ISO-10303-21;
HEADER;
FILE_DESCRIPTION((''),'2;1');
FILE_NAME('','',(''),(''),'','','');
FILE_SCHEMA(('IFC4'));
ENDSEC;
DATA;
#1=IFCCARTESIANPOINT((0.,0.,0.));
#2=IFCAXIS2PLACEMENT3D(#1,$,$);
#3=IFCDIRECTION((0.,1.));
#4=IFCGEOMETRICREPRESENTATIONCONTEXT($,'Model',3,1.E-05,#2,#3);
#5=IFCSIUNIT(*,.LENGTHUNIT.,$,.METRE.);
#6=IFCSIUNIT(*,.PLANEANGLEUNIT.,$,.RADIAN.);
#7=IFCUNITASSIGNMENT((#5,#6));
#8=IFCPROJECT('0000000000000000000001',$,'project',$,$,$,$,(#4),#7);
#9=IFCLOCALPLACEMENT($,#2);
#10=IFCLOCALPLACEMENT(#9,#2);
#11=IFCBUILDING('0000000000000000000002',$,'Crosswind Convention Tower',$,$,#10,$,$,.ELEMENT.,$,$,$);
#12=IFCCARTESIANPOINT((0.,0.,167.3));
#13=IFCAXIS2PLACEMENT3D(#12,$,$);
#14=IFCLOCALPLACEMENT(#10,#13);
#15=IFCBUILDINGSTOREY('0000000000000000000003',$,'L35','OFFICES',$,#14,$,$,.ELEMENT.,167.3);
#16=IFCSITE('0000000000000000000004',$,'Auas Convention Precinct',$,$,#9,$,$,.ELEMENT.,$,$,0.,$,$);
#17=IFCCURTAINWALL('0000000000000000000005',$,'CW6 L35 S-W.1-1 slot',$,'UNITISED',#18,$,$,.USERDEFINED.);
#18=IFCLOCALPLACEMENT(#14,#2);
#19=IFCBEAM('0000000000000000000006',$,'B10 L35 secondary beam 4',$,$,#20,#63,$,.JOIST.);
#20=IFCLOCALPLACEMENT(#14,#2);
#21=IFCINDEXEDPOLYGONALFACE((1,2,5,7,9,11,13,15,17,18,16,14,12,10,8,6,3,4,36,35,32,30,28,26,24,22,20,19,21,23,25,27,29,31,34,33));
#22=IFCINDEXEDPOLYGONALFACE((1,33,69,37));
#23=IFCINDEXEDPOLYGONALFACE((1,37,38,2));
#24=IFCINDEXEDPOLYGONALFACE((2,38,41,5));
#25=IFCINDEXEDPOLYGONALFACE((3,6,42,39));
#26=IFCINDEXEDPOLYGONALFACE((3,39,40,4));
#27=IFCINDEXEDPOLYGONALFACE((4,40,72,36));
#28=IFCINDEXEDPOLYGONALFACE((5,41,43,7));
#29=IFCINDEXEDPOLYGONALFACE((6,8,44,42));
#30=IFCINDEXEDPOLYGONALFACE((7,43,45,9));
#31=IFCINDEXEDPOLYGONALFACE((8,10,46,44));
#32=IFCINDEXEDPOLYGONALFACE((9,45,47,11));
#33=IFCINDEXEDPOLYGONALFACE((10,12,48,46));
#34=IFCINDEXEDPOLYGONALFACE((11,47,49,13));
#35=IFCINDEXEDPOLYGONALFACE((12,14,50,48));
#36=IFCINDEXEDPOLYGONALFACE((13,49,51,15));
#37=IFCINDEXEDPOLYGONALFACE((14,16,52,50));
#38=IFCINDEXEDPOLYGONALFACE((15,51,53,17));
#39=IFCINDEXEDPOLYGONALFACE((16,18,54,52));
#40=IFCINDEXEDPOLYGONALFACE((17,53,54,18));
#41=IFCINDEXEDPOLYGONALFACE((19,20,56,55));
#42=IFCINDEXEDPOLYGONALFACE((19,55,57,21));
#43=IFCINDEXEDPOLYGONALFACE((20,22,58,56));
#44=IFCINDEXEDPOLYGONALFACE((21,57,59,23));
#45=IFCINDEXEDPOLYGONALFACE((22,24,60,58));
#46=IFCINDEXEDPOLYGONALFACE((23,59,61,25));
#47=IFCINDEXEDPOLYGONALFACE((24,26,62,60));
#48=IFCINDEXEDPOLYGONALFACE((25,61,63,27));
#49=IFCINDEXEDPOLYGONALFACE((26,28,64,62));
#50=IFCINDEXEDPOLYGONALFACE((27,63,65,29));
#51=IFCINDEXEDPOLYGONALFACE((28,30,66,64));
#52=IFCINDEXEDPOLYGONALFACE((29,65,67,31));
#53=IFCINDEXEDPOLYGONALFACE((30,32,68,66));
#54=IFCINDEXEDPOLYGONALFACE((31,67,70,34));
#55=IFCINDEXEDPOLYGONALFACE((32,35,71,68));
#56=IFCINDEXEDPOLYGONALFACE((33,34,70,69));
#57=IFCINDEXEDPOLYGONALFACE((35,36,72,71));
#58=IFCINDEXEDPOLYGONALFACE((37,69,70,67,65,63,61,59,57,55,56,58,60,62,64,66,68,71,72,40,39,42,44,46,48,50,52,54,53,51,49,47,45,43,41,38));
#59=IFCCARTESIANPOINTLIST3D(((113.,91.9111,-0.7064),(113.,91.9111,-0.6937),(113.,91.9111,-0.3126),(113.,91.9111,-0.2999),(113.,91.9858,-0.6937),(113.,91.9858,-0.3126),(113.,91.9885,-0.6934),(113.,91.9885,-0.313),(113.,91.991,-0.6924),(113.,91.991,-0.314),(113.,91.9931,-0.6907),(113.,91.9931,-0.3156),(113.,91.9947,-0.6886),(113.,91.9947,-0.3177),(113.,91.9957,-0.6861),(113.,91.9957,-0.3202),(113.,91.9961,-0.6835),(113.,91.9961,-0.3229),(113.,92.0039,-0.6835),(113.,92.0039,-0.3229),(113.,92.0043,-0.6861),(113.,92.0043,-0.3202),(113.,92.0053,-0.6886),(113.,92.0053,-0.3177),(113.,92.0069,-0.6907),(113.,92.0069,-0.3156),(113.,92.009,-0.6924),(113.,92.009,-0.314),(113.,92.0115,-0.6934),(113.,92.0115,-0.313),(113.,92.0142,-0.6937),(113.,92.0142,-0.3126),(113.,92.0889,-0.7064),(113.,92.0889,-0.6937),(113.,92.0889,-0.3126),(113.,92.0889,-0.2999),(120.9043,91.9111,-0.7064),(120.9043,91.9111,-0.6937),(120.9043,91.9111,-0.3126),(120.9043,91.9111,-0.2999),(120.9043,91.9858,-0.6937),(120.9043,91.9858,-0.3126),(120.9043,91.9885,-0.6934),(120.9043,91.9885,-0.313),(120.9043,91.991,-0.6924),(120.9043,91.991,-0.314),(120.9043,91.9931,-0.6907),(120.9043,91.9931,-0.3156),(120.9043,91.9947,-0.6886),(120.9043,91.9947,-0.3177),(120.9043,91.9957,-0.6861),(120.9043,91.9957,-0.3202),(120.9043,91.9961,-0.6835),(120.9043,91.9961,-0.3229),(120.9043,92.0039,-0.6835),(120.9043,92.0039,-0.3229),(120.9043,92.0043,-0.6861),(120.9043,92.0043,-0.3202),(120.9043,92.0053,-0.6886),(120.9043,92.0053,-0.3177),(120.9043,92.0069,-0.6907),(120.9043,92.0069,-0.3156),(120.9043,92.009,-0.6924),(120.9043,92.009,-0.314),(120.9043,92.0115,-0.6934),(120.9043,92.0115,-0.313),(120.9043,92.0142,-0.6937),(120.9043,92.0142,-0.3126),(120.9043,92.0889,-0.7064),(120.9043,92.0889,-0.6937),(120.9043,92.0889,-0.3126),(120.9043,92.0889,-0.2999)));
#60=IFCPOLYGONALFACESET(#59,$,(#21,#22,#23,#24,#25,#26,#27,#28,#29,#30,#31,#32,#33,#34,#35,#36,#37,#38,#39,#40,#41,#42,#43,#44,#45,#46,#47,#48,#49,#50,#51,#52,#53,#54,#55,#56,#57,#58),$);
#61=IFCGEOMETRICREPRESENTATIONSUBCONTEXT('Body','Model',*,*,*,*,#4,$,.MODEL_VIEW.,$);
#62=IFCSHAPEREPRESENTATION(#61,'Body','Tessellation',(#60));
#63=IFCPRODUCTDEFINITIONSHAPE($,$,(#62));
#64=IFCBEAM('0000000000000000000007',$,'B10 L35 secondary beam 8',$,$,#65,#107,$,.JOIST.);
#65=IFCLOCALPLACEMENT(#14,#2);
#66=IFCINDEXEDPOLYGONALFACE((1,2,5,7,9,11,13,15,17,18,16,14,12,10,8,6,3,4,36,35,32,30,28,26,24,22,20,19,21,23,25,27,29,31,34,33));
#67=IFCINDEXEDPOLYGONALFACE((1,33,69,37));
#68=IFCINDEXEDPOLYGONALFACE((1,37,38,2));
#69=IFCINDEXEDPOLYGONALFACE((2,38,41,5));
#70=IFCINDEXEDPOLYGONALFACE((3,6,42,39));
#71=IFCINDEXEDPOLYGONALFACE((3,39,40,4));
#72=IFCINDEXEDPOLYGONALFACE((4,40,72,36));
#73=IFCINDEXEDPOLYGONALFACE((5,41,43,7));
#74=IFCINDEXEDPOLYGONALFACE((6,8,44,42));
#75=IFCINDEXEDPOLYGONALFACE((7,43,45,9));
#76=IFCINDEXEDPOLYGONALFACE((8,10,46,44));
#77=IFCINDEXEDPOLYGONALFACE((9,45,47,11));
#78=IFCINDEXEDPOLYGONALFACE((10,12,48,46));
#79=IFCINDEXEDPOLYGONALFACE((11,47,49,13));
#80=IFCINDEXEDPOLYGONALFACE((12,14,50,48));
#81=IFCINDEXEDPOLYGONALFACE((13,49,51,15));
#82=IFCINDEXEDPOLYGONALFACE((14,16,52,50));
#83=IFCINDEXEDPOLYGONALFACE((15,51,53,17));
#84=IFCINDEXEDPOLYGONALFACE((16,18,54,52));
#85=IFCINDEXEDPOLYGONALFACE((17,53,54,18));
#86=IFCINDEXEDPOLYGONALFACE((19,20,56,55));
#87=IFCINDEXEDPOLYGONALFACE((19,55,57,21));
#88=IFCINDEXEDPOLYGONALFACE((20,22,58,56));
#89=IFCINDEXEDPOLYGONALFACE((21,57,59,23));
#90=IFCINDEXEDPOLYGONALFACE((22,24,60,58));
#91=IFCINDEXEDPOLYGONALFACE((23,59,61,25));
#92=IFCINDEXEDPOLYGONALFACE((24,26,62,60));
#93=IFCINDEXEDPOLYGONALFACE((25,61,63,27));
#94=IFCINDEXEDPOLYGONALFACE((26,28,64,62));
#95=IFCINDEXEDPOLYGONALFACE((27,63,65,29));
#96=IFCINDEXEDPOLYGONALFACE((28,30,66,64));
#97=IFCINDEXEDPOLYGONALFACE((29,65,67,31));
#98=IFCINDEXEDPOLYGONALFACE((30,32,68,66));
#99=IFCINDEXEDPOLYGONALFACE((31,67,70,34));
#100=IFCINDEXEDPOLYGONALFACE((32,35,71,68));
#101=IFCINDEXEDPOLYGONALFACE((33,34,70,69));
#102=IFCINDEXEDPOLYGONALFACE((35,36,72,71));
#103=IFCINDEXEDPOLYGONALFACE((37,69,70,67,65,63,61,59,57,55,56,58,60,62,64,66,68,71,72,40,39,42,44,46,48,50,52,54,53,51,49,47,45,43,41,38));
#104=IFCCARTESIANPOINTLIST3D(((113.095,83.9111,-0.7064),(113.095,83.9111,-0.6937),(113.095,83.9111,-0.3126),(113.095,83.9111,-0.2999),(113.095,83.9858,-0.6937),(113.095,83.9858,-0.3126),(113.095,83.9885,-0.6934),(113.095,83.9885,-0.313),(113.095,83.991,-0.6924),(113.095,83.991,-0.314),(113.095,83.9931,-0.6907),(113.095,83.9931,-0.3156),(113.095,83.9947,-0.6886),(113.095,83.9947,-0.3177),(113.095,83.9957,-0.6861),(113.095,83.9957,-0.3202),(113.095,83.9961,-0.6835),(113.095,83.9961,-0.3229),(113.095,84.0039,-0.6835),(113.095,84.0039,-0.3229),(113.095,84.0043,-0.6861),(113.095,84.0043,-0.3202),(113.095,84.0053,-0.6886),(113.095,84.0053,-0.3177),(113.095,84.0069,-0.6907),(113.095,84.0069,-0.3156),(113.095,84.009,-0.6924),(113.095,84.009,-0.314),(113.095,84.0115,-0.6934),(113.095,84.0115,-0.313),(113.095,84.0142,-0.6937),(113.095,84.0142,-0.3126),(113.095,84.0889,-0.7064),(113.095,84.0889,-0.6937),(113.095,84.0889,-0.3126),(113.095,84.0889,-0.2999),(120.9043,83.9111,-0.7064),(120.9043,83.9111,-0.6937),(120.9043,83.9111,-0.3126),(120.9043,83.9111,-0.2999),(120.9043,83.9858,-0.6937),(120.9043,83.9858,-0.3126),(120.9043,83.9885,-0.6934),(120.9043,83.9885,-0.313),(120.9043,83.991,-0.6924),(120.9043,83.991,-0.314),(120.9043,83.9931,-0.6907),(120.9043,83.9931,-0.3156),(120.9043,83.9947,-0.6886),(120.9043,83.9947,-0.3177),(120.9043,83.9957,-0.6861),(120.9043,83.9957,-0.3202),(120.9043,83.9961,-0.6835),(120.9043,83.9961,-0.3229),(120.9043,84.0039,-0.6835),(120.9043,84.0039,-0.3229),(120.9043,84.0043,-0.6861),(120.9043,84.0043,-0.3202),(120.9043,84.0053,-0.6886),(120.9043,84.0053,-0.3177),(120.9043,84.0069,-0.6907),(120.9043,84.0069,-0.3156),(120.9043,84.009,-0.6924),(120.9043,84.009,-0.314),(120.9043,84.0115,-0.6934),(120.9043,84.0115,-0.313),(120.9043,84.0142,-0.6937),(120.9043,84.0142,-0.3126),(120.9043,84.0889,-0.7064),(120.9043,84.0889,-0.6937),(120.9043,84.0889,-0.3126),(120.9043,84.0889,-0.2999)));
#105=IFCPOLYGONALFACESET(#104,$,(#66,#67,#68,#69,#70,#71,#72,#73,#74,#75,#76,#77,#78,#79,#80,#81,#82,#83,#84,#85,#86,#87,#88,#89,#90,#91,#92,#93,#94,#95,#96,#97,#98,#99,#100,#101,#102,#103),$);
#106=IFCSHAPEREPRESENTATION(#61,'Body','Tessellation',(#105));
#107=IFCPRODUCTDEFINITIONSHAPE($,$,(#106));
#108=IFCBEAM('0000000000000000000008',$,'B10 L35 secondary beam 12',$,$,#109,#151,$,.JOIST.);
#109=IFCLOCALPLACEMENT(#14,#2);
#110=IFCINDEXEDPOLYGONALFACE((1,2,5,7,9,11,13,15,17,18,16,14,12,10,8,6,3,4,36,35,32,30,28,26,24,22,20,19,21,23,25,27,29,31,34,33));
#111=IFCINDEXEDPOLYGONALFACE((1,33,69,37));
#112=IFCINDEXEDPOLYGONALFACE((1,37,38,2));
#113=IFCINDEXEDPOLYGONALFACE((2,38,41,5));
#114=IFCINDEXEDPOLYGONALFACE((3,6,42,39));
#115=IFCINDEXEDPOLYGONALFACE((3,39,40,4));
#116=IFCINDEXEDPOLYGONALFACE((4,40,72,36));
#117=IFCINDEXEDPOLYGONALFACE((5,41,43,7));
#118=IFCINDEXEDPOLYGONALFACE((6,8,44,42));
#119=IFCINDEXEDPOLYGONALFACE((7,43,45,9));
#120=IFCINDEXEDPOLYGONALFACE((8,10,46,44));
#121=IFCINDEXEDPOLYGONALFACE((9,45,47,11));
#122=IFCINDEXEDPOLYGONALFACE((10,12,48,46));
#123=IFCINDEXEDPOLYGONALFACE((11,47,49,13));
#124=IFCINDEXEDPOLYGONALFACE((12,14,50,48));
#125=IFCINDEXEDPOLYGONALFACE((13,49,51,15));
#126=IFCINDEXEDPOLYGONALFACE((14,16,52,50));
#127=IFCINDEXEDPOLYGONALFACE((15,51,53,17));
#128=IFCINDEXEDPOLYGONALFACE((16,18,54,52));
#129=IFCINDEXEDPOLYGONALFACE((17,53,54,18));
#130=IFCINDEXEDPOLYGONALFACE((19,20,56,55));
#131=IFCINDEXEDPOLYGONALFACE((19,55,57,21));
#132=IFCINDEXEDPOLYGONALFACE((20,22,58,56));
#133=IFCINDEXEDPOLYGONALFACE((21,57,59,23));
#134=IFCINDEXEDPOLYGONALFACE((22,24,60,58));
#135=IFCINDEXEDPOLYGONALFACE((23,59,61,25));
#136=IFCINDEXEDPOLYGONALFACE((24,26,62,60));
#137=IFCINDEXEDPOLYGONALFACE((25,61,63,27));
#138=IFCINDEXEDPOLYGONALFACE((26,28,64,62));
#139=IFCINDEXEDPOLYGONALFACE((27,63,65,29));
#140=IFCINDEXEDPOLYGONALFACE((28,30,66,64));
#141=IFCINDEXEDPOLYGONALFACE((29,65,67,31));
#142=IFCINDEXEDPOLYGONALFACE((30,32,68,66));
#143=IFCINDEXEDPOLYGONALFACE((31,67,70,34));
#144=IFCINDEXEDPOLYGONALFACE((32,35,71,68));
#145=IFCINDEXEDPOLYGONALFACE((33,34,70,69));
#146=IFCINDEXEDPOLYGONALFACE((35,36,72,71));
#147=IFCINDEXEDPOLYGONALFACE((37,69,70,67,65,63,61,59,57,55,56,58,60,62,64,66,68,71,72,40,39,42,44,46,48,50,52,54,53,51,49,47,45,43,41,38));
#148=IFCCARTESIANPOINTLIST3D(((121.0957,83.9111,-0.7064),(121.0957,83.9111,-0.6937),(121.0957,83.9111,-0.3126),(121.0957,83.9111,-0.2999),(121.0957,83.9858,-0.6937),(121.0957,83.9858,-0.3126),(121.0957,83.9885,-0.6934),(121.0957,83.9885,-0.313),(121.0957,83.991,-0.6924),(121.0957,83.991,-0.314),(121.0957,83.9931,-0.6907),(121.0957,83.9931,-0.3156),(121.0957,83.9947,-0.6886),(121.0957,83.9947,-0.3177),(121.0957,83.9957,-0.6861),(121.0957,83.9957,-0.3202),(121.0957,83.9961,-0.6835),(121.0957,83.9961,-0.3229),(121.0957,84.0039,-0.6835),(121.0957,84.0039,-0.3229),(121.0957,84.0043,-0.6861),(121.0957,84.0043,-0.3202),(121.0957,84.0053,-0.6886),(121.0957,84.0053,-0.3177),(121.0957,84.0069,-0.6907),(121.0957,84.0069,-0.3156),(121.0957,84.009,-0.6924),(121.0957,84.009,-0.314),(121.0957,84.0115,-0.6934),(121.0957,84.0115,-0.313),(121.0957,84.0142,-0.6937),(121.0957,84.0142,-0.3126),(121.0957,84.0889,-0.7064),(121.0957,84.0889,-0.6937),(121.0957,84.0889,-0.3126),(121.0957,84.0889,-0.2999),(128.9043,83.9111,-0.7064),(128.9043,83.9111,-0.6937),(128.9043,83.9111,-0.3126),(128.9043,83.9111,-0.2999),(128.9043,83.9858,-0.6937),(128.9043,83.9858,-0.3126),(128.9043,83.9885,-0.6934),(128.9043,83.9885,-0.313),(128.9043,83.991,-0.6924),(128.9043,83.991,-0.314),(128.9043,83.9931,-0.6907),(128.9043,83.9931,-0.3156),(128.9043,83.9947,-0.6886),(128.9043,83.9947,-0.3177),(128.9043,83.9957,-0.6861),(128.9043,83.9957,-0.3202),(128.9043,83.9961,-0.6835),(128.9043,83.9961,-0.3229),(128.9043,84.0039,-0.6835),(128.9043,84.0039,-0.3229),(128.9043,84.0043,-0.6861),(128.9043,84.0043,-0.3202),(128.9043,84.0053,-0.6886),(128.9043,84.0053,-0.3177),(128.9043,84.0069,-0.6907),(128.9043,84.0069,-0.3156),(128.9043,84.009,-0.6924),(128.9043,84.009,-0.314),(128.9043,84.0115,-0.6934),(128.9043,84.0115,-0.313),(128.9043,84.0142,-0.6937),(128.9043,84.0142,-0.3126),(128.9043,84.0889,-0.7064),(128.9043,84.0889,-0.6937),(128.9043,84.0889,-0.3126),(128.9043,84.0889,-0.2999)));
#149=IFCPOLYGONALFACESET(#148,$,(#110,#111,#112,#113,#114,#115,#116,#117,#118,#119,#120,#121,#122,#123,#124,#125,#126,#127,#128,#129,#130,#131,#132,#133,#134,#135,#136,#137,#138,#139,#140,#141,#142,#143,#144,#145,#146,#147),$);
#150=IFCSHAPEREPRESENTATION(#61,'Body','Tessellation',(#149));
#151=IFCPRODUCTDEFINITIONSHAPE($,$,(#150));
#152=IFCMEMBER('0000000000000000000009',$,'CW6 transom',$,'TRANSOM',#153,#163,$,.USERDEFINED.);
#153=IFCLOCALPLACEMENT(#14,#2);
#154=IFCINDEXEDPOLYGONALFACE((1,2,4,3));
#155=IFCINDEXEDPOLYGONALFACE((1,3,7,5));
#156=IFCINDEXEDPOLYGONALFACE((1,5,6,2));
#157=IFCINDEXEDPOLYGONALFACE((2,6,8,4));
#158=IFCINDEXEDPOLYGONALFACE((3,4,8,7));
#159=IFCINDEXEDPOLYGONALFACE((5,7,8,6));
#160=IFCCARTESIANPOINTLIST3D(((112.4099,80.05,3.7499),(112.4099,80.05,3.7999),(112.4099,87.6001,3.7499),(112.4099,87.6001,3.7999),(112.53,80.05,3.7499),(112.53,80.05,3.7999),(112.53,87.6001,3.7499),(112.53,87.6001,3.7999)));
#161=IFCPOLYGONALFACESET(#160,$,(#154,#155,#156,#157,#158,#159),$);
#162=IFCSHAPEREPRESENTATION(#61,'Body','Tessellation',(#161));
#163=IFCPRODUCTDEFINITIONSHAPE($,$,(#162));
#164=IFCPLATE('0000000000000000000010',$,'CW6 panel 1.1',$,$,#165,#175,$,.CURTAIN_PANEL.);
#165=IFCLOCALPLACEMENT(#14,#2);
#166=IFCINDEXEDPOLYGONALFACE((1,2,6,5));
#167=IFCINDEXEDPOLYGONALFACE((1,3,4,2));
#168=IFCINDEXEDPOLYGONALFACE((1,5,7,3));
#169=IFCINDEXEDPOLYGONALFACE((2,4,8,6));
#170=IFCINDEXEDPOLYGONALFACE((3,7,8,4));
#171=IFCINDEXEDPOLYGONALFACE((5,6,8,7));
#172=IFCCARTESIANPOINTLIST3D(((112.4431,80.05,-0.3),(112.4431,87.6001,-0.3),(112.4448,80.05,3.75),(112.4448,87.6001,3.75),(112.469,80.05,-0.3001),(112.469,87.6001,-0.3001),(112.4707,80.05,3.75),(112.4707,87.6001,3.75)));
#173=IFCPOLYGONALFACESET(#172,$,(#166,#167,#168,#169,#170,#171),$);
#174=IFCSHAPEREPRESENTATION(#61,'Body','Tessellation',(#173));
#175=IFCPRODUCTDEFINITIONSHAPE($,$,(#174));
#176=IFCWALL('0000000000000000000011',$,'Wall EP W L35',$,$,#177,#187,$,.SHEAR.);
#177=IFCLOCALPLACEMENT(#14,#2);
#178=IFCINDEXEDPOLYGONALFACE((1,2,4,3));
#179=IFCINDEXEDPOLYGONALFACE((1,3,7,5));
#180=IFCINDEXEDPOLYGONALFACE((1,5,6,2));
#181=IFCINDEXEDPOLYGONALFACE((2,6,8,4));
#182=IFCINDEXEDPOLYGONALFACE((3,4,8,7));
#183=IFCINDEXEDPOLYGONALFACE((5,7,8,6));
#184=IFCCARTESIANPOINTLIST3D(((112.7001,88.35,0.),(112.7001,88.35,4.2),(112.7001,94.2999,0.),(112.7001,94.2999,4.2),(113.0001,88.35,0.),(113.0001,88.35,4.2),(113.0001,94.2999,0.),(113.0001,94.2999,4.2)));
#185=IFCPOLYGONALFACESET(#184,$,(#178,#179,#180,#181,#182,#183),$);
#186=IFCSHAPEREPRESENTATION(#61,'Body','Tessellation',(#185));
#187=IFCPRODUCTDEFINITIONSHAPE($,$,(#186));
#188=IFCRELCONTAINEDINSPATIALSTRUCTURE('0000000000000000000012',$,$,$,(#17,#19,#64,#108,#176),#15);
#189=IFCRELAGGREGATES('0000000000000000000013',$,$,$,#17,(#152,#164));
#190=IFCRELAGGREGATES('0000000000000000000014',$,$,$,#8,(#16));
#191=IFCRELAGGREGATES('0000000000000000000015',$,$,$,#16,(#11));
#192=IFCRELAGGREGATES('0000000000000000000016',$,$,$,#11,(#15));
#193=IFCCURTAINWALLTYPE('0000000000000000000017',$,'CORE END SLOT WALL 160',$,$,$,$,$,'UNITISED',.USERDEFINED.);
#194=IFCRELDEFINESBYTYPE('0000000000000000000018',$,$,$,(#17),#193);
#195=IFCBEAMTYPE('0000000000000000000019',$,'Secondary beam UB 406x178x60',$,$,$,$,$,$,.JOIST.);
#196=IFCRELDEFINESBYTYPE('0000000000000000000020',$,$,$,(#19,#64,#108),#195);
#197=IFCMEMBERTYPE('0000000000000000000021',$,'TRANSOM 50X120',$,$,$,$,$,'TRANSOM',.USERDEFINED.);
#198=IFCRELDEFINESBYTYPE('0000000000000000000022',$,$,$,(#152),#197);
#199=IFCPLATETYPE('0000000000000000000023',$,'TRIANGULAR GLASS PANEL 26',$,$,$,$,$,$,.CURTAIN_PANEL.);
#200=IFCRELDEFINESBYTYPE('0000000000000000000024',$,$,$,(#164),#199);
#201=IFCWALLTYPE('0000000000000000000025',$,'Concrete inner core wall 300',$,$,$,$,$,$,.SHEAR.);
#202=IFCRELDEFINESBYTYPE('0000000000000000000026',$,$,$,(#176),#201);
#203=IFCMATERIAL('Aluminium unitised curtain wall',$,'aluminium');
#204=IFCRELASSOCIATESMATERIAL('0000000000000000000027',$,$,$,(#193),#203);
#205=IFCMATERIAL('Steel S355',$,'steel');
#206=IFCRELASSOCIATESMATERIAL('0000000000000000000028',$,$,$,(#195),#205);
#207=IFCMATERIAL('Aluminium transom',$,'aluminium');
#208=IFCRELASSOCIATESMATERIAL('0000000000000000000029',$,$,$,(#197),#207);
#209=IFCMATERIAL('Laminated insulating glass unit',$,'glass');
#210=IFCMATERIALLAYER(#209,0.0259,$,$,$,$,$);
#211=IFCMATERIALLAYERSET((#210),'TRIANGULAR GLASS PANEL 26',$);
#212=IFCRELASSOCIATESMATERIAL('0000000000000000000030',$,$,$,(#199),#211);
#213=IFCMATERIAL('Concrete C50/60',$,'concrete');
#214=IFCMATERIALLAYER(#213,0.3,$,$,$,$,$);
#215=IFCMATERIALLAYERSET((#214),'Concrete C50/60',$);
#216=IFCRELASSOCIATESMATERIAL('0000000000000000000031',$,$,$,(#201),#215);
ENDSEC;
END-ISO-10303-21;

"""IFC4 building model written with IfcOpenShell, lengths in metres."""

from ifc_helpers import new_model, si_unit, direction, frame, frame_2d, origin, origin_2d, place, context, subcontext, project, spatial, polyline, rectangle, i_section, outline, extrude, material, layer, layer_set, material_profile, profile_set, type_object, element, aggregate, save


model = new_model("IFC4")

# Units and contexts
model_context = context("Model", 3, precision=1e-05, world=origin(), true_north=direction((0.0, 1.0)))
body_context = subcontext(model_context, "Body", "Model", "MODEL_VIEW")
ifc_project = project(units=[si_unit("LENGTHUNIT", "METRE"), si_unit("PLANEANGLEUNIT", "RADIAN")], contexts=[model_context])

# Site, building, storey
site_placement = place(None, origin())
site = spatial("IfcSite", under=ifc_project, at=site_placement, Name="Auas Convention Precinct", CompositionType="ELEMENT", RefElevation=0.0)
building_placement = place(site_placement, origin())
building = spatial("IfcBuilding", under=site, at=building_placement, Name="Crosswind Convention Tower", CompositionType="ELEMENT")
storey_placement = place(building_placement, frame((0.0, 0.0, 167.3)))
storey = spatial("IfcBuildingStorey", under=building, at=storey_placement, Name="L35", Description="OFFICES", CompositionType="ELEMENT", Elevation=167.3)

# Shared definitions
ifc_material_1 = material(Name="Steel S355", Category="steel")

# Curtain wall
ifc_material_2 = material(Name="Aluminium unitised curtain wall", Category="aluminium")
curtain_wall_type = type_object("IfcCurtainWallType", Name="CORE END SLOT WALL 160", ElementType="UNITISED", PredefinedType="USERDEFINED", material=ifc_material_2)
curtain_wall_placement = place(storey_placement, origin())
curtain_wall = element("IfcCurtainWall", 1, at=curtain_wall_placement, inside=storey, type_object=curtain_wall_type, Name="CW6 L35 S-W.1-1 slot", ObjectType="UNITISED", PredefinedType="USERDEFINED")

# Beams
ifc_material_profile_1 = material_profile(ifc_material_1, i_section(OverallWidth=0.1777, OverallDepth=0.4065, WebThickness=0.0078, FlangeThickness=0.0127, FilletRadius=0.0103, at=origin_2d()), Name="UB 406x178x60")
ifc_profile_set_1 = profile_set([ifc_material_profile_1], Name="Steel S355")
beam_type_1 = type_object("IfcBeamType", Name="Secondary beam UB 406x178x60", PredefinedType="JOIST", material=ifc_profile_set_1)
beam_1_placement = place(storey_placement, frame((113.0, 92.0, -0.5032), z_axis=(1.0, 0.0, 0.0), x_axis=(0.0, 1.0, 0.0)))
element("IfcBeam", 2, at=beam_1_placement, inside=storey, type_object=beam_type_1, Name="B10 L35 secondary beam 4", PredefinedType="JOIST", context=body_context, shape_type="SweptSolid", body=[
    extrude(i_section(OverallWidth=0.1777, OverallDepth=0.4065, WebThickness=0.0078, FlangeThickness=0.0127, FilletRadius=0.0103, at=origin_2d()), origin(), (0.0, 0.0, 1.0), 7.9043),
])
beam_2_placement = place(storey_placement, frame((113.095, 84.0, -0.5032), z_axis=(1.0, 0.0, 0.0), x_axis=(0.0, 1.0, 0.0)))
element("IfcBeam", 3, at=beam_2_placement, inside=storey, type_object=beam_type_1, Name="B10 L35 secondary beam 8", PredefinedType="JOIST", context=body_context, shape_type="SweptSolid", body=[
    extrude(i_section(OverallWidth=0.1777, OverallDepth=0.4065, WebThickness=0.0078, FlangeThickness=0.0127, FilletRadius=0.0103, at=origin_2d()), origin(), (0.0, 0.0, 1.0), 7.8093),
])
beam_3_placement = place(storey_placement, frame((121.0957, 84.0, -0.5032), z_axis=(1.0, 0.0, 0.0), x_axis=(0.0, 1.0, 0.0)))
element("IfcBeam", 4, at=beam_3_placement, inside=storey, type_object=beam_type_1, Name="B10 L35 secondary beam 12", PredefinedType="JOIST", context=body_context, shape_type="SweptSolid", body=[
    extrude(i_section(OverallWidth=0.1777, OverallDepth=0.4065, WebThickness=0.0078, FlangeThickness=0.0127, FilletRadius=0.0103, at=origin_2d()), origin(), (0.0, 0.0, 1.0), 7.8086),
])

# Member
ifc_material_3 = material(Name="Aluminium transom", Category="aluminium")
ifc_material_profile_2 = material_profile(ifc_material_3, rectangle(XDim=0.1201, YDim=0.05, at=origin_2d()), Name="AL 120X50")
ifc_profile_set_2 = profile_set([ifc_material_profile_2], Name="Aluminium transom")
member_type_1 = type_object("IfcMemberType", Name="TRANSOM 50X120", ElementType="TRANSOM", PredefinedType="USERDEFINED", material=ifc_profile_set_2)
member_1_placement = place(storey_placement, frame((112.47, 87.6001, 3.7749), z_axis=(0.0, -1.0, 0.0), x_axis=(1.0, 0.0, 0.0)))
member_1 = element("IfcMember", 5, at=member_1_placement, type_object=member_type_1, Name="CW6 transom", ObjectType="TRANSOM", PredefinedType="USERDEFINED", context=body_context, shape_type="SweptSolid", body=[
    extrude(rectangle(XDim=0.1201, YDim=0.05, at=origin_2d()), origin(), (0.0, 0.0, 1.0), 7.55),
])

# Plate
ifc_material_4 = material(Name="Laminated insulating glass unit", Category="glass")
ifc_layer_1 = layer(ifc_material_4, 0.0259)
ifc_layer_set_1 = layer_set([ifc_layer_1], Name="TRIANGULAR GLASS PANEL 26")
plate_type = type_object("IfcPlateType", Name="TRIANGULAR GLASS PANEL 26", PredefinedType="CURTAIN_PANEL", material=ifc_layer_set_1)
plate_placement = place(storey_placement, frame((112.4431, 87.6001, -0.3), z_axis=(-1.0, 0.0, 0.000422), x_axis=(0.0, -1.0, 0.0)))
plate = element("IfcPlate", 6, at=plate_placement, type_object=plate_type, Name="CW6 panel 1.1", PredefinedType="CURTAIN_PANEL", context=body_context, shape_type="SweptSolid", body=[
    extrude(outline(polyline([(0.0, 0.0), (7.55, 0.0), (7.55, 4.05), (0.0, 4.05), (0.0, 0.0)])), origin(), (0.0, 0.0, -1.0), 0.0259),
])
aggregate(curtain_wall, [member_1, plate])

# Wall
ifc_material_5 = material(Name="Concrete C50/60", Category="concrete")
ifc_layer_2 = layer(ifc_material_5, 0.3)
ifc_layer_set_2 = layer_set([ifc_layer_2], Name="Concrete C50/60")
wall_type_1 = type_object("IfcWallType", Name="Concrete inner core wall 300", PredefinedType="SHEAR", material=ifc_layer_set_2)
wall_1_placement = place(storey_placement, frame((112.8501, 94.3, 0.0), z_axis=(0.0, 0.0, 1.0), x_axis=(0.0, -1.0, 0.0)))
element("IfcWall", 7, at=wall_1_placement, inside=storey, type_object=wall_type_1, Name="Wall EP W L35", PredefinedType="SHEAR", context=body_context, shape_type="SweptSolid", body=[
    extrude(rectangle(XDim=5.95, YDim=0.3, at=frame_2d((2.9751, 0.0))), origin(), (0.0, 0.0, 1.0), 4.2),
])

save(model, "model.ifc")
